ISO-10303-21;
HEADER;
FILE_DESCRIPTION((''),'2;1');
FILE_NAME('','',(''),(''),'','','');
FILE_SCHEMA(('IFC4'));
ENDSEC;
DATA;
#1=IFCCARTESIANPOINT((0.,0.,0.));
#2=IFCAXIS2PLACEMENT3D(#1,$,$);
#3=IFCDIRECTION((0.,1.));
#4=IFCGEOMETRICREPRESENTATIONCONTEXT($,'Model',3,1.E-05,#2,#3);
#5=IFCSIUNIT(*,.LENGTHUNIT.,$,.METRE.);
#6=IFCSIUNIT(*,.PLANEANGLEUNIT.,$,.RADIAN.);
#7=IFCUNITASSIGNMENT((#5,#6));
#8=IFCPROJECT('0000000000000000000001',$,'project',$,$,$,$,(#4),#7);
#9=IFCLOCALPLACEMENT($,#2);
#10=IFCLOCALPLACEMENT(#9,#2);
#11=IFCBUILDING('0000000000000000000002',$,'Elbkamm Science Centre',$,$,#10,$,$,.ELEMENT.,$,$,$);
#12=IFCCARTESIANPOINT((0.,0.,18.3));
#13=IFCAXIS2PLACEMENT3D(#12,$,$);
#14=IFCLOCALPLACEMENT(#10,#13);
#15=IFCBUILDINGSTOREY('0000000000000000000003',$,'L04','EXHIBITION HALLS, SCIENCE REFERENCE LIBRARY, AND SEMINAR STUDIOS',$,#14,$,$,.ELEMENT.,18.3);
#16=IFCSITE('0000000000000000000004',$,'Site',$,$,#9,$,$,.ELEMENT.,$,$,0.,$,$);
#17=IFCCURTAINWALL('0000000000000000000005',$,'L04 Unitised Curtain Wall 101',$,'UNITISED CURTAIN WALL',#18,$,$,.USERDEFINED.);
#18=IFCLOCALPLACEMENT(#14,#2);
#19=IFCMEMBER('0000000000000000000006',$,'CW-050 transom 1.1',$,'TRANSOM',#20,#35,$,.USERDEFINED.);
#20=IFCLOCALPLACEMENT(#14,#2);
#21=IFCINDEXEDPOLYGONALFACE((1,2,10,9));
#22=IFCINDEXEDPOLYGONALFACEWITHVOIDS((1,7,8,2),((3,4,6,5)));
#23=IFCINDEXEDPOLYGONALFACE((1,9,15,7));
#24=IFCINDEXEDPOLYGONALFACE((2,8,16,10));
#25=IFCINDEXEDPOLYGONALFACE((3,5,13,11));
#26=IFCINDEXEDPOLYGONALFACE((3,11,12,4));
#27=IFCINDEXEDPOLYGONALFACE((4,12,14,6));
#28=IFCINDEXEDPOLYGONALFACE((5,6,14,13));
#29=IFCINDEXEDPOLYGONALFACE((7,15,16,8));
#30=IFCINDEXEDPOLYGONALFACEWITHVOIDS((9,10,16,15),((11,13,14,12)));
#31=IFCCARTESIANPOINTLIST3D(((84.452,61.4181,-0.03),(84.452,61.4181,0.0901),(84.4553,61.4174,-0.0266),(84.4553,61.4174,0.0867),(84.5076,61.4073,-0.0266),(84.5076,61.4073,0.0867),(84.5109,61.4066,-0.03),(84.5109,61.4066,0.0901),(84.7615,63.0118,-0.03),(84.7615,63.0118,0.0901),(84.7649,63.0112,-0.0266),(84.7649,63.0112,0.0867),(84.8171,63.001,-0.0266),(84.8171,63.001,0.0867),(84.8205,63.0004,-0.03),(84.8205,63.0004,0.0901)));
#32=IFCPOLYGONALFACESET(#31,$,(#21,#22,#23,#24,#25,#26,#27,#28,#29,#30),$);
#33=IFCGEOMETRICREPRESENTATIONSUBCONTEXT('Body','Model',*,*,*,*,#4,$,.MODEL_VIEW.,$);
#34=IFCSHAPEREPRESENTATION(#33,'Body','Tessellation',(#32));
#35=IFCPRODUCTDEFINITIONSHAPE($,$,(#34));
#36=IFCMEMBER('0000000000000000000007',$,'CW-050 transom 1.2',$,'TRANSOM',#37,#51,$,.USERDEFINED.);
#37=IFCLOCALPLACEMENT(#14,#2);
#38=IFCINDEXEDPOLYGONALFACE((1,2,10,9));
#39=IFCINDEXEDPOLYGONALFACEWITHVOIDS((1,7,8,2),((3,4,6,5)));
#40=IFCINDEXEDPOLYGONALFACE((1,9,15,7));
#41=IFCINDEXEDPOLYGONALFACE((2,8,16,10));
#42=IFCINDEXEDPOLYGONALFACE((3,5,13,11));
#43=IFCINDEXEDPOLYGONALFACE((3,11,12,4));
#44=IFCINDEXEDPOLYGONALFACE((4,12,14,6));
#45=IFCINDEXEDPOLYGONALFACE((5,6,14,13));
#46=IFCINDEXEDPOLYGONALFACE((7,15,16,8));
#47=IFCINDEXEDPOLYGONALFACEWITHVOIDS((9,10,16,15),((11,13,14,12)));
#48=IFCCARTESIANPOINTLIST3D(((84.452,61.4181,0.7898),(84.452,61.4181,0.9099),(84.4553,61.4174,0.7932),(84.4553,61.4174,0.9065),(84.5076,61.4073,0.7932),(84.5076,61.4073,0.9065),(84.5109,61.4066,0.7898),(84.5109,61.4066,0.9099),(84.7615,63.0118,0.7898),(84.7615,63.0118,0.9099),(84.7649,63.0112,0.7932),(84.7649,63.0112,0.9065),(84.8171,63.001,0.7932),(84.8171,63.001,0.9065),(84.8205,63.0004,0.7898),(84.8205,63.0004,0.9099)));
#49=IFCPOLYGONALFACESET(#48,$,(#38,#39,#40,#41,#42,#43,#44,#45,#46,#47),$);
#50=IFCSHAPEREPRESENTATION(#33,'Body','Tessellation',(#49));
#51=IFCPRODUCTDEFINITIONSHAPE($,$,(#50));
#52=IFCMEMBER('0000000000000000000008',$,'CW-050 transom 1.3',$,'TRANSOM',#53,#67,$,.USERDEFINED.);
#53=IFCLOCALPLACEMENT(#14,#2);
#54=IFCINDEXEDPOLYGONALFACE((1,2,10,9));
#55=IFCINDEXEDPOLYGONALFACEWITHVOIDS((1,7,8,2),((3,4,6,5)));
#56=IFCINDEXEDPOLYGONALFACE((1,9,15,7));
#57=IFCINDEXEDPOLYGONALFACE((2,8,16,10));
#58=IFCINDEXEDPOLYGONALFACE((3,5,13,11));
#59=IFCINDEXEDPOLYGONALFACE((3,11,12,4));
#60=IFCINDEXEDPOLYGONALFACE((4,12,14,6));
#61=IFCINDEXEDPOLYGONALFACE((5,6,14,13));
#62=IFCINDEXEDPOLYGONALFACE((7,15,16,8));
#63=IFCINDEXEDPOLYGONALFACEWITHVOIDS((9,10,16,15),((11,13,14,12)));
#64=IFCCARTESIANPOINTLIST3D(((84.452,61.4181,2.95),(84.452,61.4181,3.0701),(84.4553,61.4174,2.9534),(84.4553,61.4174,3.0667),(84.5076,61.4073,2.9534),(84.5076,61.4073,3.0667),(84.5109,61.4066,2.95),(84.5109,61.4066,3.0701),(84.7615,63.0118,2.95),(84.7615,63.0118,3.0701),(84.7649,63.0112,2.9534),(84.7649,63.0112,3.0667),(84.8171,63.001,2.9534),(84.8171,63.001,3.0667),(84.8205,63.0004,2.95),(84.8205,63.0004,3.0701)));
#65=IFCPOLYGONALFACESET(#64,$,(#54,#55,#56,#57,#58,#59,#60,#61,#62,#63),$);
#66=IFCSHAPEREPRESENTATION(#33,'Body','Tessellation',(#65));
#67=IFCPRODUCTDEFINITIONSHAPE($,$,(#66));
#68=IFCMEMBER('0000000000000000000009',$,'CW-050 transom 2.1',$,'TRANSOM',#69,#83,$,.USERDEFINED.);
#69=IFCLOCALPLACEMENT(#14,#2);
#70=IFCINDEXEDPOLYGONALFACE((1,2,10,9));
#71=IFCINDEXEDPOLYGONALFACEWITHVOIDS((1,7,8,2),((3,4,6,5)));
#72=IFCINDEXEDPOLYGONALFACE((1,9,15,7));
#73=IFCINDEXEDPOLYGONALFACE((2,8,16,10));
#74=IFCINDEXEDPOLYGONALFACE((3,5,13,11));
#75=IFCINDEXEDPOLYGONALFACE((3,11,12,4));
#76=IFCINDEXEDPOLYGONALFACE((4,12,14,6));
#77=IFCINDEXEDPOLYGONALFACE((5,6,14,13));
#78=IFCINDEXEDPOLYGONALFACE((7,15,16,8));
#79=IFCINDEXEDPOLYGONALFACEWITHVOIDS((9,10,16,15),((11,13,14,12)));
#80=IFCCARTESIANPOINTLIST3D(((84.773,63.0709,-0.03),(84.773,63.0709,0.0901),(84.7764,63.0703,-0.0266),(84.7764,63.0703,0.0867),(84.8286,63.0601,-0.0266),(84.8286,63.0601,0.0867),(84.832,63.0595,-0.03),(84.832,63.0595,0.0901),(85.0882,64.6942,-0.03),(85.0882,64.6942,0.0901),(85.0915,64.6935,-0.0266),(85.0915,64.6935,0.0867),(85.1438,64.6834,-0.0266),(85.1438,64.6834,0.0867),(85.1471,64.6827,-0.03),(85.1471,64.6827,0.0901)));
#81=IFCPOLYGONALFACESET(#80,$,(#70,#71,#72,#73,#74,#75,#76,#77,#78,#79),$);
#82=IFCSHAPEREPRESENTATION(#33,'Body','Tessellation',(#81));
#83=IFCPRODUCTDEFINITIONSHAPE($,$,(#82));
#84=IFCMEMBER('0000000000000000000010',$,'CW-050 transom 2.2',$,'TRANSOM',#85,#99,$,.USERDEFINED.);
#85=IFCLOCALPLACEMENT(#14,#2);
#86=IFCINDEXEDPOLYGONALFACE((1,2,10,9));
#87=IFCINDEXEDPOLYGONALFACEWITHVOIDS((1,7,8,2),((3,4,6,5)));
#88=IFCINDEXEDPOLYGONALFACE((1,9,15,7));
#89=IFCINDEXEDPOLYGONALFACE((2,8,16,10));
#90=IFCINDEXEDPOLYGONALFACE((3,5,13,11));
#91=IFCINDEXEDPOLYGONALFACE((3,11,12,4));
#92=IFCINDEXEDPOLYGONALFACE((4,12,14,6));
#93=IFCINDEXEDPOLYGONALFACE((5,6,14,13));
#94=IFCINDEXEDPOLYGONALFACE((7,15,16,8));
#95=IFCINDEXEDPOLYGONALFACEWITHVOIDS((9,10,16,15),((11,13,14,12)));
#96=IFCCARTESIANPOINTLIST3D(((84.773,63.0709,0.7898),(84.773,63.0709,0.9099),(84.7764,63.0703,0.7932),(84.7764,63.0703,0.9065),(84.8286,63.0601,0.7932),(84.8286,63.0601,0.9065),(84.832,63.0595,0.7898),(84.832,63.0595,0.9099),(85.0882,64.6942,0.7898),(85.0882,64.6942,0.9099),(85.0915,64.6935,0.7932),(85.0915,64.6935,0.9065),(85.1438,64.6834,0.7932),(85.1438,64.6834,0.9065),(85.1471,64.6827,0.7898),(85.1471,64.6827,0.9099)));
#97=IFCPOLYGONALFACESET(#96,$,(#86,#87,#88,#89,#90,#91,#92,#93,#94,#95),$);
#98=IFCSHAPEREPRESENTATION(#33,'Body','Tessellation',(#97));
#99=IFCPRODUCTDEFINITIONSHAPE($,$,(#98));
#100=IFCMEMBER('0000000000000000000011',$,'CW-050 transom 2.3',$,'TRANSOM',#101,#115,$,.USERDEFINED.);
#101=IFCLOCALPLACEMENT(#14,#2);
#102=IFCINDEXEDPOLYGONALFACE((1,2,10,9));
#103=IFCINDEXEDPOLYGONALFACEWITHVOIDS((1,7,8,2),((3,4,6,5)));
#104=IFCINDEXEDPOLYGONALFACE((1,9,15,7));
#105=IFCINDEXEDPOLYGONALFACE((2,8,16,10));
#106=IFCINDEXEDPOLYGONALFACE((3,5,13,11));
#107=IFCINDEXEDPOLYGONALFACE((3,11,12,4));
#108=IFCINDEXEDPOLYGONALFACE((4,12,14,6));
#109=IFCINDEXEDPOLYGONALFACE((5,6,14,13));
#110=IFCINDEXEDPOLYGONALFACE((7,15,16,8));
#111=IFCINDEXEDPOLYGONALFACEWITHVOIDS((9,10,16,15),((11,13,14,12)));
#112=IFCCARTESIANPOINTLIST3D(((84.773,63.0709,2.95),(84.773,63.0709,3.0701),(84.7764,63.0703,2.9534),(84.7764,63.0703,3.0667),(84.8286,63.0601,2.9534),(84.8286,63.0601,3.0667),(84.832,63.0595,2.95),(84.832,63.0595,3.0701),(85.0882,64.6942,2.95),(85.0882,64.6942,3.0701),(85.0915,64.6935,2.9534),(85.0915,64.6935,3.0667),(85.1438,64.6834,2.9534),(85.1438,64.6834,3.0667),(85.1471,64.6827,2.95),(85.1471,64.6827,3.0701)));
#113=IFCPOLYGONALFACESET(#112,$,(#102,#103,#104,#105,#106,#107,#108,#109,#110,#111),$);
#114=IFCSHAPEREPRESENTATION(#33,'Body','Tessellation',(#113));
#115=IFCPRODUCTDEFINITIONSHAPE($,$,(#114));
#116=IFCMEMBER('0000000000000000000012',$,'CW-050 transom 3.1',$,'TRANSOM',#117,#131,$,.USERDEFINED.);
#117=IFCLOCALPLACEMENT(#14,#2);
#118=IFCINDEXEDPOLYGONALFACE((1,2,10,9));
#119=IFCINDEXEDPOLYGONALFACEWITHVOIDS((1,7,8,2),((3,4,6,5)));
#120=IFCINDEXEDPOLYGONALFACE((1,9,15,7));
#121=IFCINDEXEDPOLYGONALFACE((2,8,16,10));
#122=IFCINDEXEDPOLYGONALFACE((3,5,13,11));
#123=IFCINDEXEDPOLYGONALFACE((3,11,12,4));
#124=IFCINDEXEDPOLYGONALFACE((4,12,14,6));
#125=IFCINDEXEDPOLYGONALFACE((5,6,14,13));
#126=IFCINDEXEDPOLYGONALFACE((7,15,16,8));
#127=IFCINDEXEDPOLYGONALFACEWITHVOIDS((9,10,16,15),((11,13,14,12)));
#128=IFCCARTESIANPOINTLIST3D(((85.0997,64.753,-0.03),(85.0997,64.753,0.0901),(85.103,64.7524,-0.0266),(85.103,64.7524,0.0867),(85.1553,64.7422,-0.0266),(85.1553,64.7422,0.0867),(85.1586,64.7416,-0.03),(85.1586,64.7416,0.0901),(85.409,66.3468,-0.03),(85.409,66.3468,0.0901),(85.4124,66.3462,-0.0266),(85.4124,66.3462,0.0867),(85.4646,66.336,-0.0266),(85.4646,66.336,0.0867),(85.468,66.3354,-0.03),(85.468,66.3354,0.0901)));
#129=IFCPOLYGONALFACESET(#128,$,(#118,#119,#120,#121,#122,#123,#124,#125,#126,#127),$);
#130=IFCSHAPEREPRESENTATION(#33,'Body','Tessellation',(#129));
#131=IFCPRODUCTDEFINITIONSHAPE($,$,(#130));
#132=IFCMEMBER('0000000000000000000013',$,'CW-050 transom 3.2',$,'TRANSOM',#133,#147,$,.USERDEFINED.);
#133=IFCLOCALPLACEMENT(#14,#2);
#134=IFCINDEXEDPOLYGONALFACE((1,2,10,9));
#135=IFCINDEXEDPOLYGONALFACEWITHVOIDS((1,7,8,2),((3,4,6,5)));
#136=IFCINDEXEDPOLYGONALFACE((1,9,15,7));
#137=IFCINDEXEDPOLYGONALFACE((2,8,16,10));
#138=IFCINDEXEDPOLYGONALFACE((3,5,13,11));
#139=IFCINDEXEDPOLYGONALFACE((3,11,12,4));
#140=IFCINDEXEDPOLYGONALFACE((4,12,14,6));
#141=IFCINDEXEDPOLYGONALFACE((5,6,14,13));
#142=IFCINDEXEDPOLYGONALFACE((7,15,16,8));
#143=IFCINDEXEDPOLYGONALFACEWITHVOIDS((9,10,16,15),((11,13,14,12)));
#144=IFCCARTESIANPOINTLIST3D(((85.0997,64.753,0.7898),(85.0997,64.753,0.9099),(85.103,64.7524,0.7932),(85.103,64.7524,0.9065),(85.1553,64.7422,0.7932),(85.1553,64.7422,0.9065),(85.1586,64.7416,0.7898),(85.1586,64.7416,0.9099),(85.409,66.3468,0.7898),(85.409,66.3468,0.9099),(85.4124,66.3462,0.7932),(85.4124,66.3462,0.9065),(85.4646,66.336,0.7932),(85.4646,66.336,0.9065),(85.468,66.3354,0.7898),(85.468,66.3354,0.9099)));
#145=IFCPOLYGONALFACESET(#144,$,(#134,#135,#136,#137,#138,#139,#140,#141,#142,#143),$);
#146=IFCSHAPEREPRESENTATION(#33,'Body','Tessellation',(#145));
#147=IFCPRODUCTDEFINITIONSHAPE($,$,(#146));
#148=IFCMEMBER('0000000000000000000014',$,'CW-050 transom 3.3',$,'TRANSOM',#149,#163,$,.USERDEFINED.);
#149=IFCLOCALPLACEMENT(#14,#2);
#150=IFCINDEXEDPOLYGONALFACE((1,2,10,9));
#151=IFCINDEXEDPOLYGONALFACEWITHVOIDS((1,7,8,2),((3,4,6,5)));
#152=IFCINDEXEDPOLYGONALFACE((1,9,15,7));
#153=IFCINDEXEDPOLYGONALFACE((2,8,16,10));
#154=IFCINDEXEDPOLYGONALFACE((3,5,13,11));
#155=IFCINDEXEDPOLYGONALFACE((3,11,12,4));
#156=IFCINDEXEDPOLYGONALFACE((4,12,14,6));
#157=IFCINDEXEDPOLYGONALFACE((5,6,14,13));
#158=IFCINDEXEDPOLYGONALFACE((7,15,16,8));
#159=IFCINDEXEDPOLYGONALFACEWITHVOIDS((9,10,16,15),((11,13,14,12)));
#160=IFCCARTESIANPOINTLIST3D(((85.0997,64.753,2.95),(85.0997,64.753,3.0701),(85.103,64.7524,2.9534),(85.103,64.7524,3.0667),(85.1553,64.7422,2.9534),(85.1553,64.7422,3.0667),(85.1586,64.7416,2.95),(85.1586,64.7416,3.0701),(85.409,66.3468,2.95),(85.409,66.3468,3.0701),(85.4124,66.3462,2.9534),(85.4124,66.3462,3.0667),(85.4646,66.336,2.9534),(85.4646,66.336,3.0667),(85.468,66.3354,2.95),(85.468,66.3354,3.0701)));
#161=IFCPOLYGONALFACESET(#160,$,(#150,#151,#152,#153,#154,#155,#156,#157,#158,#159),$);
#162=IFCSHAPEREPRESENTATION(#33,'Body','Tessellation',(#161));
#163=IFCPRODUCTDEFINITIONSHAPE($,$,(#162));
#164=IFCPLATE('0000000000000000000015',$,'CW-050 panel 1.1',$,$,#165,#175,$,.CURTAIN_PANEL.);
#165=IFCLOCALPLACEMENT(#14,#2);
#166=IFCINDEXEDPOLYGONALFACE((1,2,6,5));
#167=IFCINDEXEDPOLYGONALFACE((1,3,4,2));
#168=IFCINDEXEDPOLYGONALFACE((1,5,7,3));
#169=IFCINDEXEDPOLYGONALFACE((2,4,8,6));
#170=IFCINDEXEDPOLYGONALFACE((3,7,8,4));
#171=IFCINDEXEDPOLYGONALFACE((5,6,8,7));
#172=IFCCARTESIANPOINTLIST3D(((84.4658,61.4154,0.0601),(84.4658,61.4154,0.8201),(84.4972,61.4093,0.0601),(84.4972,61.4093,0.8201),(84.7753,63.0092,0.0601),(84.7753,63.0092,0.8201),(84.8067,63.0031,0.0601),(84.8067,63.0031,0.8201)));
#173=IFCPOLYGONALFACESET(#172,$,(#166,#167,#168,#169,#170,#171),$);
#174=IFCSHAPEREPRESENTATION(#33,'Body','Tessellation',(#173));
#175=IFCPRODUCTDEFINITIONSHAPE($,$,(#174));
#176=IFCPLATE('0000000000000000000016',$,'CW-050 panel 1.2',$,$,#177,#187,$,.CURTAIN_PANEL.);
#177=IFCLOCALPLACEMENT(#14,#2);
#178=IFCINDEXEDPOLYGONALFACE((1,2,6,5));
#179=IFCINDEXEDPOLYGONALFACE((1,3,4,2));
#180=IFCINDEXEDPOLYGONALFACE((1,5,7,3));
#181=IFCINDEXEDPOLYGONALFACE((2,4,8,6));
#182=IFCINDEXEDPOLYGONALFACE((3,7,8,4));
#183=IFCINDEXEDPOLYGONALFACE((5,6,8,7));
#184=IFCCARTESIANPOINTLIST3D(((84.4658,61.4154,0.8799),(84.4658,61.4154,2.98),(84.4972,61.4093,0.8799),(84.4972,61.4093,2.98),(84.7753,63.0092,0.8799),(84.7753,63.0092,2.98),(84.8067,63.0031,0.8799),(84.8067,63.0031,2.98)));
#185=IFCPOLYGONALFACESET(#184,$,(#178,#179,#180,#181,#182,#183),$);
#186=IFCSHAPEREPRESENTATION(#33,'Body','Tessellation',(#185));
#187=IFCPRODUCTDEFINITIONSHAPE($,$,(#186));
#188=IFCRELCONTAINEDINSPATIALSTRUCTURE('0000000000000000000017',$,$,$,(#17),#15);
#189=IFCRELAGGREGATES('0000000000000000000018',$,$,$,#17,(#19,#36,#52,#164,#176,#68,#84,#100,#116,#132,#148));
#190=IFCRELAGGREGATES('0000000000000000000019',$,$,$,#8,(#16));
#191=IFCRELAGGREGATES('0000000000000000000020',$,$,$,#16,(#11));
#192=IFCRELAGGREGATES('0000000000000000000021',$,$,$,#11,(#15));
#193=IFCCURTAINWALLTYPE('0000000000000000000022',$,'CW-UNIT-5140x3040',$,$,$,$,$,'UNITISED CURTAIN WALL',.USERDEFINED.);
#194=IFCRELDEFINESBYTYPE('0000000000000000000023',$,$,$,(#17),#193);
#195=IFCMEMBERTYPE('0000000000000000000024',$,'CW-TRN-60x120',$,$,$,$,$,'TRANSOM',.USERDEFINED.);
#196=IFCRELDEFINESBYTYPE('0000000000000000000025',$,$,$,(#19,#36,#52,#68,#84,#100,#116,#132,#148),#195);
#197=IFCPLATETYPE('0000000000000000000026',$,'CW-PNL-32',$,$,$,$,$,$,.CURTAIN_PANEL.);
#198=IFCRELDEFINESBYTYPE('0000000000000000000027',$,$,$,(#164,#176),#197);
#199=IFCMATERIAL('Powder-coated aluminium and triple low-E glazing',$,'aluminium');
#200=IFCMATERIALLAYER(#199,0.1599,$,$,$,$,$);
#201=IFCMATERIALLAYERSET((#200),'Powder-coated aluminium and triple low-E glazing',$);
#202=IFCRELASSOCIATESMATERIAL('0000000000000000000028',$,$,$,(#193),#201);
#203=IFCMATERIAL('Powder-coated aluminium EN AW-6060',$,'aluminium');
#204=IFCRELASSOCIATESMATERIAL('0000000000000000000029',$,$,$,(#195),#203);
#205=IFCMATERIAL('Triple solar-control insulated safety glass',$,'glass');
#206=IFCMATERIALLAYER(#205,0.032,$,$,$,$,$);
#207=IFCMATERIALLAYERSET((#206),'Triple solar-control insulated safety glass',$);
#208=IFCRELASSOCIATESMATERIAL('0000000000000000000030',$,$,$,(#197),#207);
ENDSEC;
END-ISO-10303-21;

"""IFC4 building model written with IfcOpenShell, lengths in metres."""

from ifc_helpers import new_model, si_unit, direction, frame, origin, origin_2d, place, context, subcontext, project, spatial, rectangle, hollow_rectangle, extrude, material, layer, layer_set, material_profile, profile_set, type_object, element, aggregate, save


model = new_model("IFC4")

# Units and contexts
model_context = context("Model", 3, precision=1e-05, world=origin(), true_north=direction((0.0, 1.0)))
body_context = subcontext(model_context, "Body", "Model", "MODEL_VIEW")
ifc_project = project(units=[si_unit("LENGTHUNIT", "METRE"), si_unit("PLANEANGLEUNIT", "RADIAN")], contexts=[model_context])

# Site, building, storey
site_placement = place(None, origin())
site = spatial("IfcSite", under=ifc_project, at=site_placement, Name="Site", CompositionType="ELEMENT", RefElevation=0.0)
building_placement = place(site_placement, origin())
building = spatial("IfcBuilding", under=site, at=building_placement, Name="Elbkamm Science Centre", CompositionType="ELEMENT")
storey_placement = place(building_placement, frame((0.0, 0.0, 18.3)))
storey = spatial("IfcBuildingStorey", under=building, at=storey_placement, Name="L04", Description="EXHIBITION HALLS, SCIENCE REFERENCE LIBRARY, AND SEMINAR STUDIOS", CompositionType="ELEMENT", Elevation=18.3)

# Curtain wall, members, plates
ifc_material_1 = material(Name="Powder-coated aluminium and triple low-E glazing", Category="aluminium")
ifc_layer_1 = layer(ifc_material_1, 0.1599)
ifc_layer_set_1 = layer_set([ifc_layer_1], Name="Powder-coated aluminium and triple low-E glazing")
curtain_wall_type = type_object("IfcCurtainWallType", Name="CW-UNIT-5140x3040", ElementType="UNITISED CURTAIN WALL", PredefinedType="USERDEFINED", material=ifc_layer_set_1)
curtain_wall_placement = place(storey_placement, origin())
curtain_wall = element("IfcCurtainWall", 1, at=curtain_wall_placement, inside=storey, type_object=curtain_wall_type, Name="L04 Unitised Curtain Wall 101", ObjectType="UNITISED CURTAIN WALL", PredefinedType="USERDEFINED")
ifc_material_2 = material(Name="Powder-coated aluminium EN AW-6060", Category="aluminium")
ifc_material_profile_1 = material_profile(ifc_material_2, hollow_rectangle(XDim=0.0601, YDim=0.1201, WallThickness=0.0034, at=origin_2d()), Name="ALU T60x120")
ifc_profile_set_1 = profile_set([ifc_material_profile_1], Name="Powder-coated aluminium EN AW-6060")
member_type_1 = type_object("IfcMemberType", Name="CW-TRN-60x120", ElementType="TRANSOM", PredefinedType="USERDEFINED", material=ifc_profile_set_1)
member_1_placement = place(storey_placement, frame((84.4814, 61.4124, 0.03), z_axis=(0.190676, 0.981653, 0.0), x_axis=(-0.981653, 0.190676, 0.0)))
member_1 = element("IfcMember", 2, at=member_1_placement, type_object=member_type_1, Name="CW-050 transom 1.1", ObjectType="TRANSOM", PredefinedType="USERDEFINED", context=body_context, shape_type="SweptSolid", body=[
    extrude(hollow_rectangle(XDim=0.0601, YDim=0.1201, WallThickness=0.0034, at=origin_2d()), origin(), (0.0, 0.0, 1.0), 1.6235),
])
member_2_placement = place(storey_placement, frame((84.4814, 61.4124, 0.8499), z_axis=(0.190676, 0.981653, 0.0), x_axis=(-0.981653, 0.190676, 0.0)))
member_2 = element("IfcMember", 3, at=member_2_placement, type_object=member_type_1, Name="CW-050 transom 1.2", ObjectType="TRANSOM", PredefinedType="USERDEFINED", context=body_context, shape_type="SweptSolid", body=[
    extrude(hollow_rectangle(XDim=0.0601, YDim=0.1201, WallThickness=0.0034, at=origin_2d()), origin(), (0.0, 0.0, 1.0), 1.6235),
])
member_3_placement = place(storey_placement, frame((84.4814, 61.4124, 3.01), z_axis=(0.190676, 0.981653, 0.0), x_axis=(-0.981653, 0.190676, 0.0)))
member_3 = element("IfcMember", 4, at=member_3_placement, type_object=member_type_1, Name="CW-050 transom 1.3", ObjectType="TRANSOM", PredefinedType="USERDEFINED", context=body_context, shape_type="SweptSolid", body=[
    extrude(hollow_rectangle(XDim=0.0601, YDim=0.1201, WallThickness=0.0034, at=origin_2d()), origin(), (0.0, 0.0, 1.0), 1.6235),
])
member_4_placement = place(storey_placement, frame((84.8025, 63.0652, 0.03), z_axis=(0.190605, 0.981667, 0.0), x_axis=(-0.981667, 0.190605, 0.0)))
member_4 = element("IfcMember", 5, at=member_4_placement, type_object=member_type_1, Name="CW-050 transom 2.1", ObjectType="TRANSOM", PredefinedType="USERDEFINED", context=body_context, shape_type="SweptSolid", body=[
    extrude(hollow_rectangle(XDim=0.0601, YDim=0.1201, WallThickness=0.0034, at=origin_2d()), origin(), (0.0, 0.0, 1.0), 1.6536),
])
member_5_placement = place(storey_placement, frame((84.8025, 63.0652, 0.8499), z_axis=(0.190605, 0.981667, 0.0), x_axis=(-0.981667, 0.190605, 0.0)))
member_5 = element("IfcMember", 6, at=member_5_placement, type_object=member_type_1, Name="CW-050 transom 2.2", ObjectType="TRANSOM", PredefinedType="USERDEFINED", context=body_context, shape_type="SweptSolid", body=[
    extrude(hollow_rectangle(XDim=0.0601, YDim=0.1201, WallThickness=0.0034, at=origin_2d()), origin(), (0.0, 0.0, 1.0), 1.6536),
])
member_6_placement = place(storey_placement, frame((84.8025, 63.0652, 3.01), z_axis=(0.190605, 0.981667, 0.0), x_axis=(-0.981667, 0.190605, 0.0)))
member_6 = element("IfcMember", 7, at=member_6_placement, type_object=member_type_1, Name="CW-050 transom 2.3", ObjectType="TRANSOM", PredefinedType="USERDEFINED", context=body_context, shape_type="SweptSolid", body=[
    extrude(hollow_rectangle(XDim=0.0601, YDim=0.1201, WallThickness=0.0034, at=origin_2d()), origin(), (0.0, 0.0, 1.0), 1.6536),
])
member_7_placement = place(storey_placement, frame((85.1292, 64.7473, 0.03), z_axis=(0.190532, 0.981681, 0.0), x_axis=(-0.981681, 0.190532, 0.0)))
member_7 = element("IfcMember", 8, at=member_7_placement, type_object=member_type_1, Name="CW-050 transom 3.1", ObjectType="TRANSOM", PredefinedType="USERDEFINED", context=body_context, shape_type="SweptSolid", body=[
    extrude(hollow_rectangle(XDim=0.0601, YDim=0.1201, WallThickness=0.0034, at=origin_2d()), origin(), (0.0, 0.0, 1.0), 1.6235),
])
member_8_placement = place(storey_placement, frame((85.1292, 64.7473, 0.8499), z_axis=(0.190532, 0.981681, 0.0), x_axis=(-0.981681, 0.190532, 0.0)))
member_8 = element("IfcMember", 9, at=member_8_placement, type_object=member_type_1, Name="CW-050 transom 3.2", ObjectType="TRANSOM", PredefinedType="USERDEFINED", context=body_context, shape_type="SweptSolid", body=[
    extrude(hollow_rectangle(XDim=0.0601, YDim=0.1201, WallThickness=0.0034, at=origin_2d()), origin(), (0.0, 0.0, 1.0), 1.6235),
])
member_9_placement = place(storey_placement, frame((85.1292, 64.7473, 3.01), z_axis=(0.190532, 0.981681, 0.0), x_axis=(-0.981681, 0.190532, 0.0)))
member_9 = element("IfcMember", 10, at=member_9_placement, type_object=member_type_1, Name="CW-050 transom 3.3", ObjectType="TRANSOM", PredefinedType="USERDEFINED", context=body_context, shape_type="SweptSolid", body=[
    extrude(hollow_rectangle(XDim=0.0601, YDim=0.1201, WallThickness=0.0034, at=origin_2d()), origin(), (0.0, 0.0, 1.0), 1.6235),
])
ifc_material_3 = material(Name="Triple solar-control insulated safety glass", Category="glass")
ifc_layer_2 = layer(ifc_material_3, 0.032)
ifc_layer_set_2 = layer_set([ifc_layer_2], Name="Triple solar-control insulated safety glass")
plate_type = type_object("IfcPlateType", Name="CW-PNL-32", PredefinedType="CURTAIN_PANEL", material=ifc_layer_set_2)
plate_1_placement = place(storey_placement, frame((84.6362, 62.2092, 0.0601), z_axis=(0.0, 0.0, 1.0), x_axis=(0.190614, 0.981665, 0.0)))
plate_1 = element("IfcPlate", 11, at=plate_1_placement, type_object=plate_type, Name="CW-050 panel 1.1", PredefinedType="CURTAIN_PANEL", context=body_context, shape_type="SweptSolid", body=[
    extrude(rectangle(XDim=1.6235, YDim=0.032, at=origin_2d()), origin(), (0.0, 0.0, 1.0), 0.76),
])
plate_2_placement = place(storey_placement, frame((84.6362, 62.2092, 0.8799), z_axis=(0.0, 0.0, 1.0), x_axis=(0.190614, 0.981665, 0.0)))
plate_2 = element("IfcPlate", 12, at=plate_2_placement, type_object=plate_type, Name="CW-050 panel 1.2", PredefinedType="CURTAIN_PANEL", context=body_context, shape_type="SweptSolid", body=[
    extrude(rectangle(XDim=1.6235, YDim=0.032, at=origin_2d()), origin(), (0.0, 0.0, 1.0), 2.1001),
])
aggregate(curtain_wall, [member_1, member_2, member_3, plate_1, plate_2, member_4, member_5, member_6, member_7, member_8, member_9])

save(model, "model.ifc")
